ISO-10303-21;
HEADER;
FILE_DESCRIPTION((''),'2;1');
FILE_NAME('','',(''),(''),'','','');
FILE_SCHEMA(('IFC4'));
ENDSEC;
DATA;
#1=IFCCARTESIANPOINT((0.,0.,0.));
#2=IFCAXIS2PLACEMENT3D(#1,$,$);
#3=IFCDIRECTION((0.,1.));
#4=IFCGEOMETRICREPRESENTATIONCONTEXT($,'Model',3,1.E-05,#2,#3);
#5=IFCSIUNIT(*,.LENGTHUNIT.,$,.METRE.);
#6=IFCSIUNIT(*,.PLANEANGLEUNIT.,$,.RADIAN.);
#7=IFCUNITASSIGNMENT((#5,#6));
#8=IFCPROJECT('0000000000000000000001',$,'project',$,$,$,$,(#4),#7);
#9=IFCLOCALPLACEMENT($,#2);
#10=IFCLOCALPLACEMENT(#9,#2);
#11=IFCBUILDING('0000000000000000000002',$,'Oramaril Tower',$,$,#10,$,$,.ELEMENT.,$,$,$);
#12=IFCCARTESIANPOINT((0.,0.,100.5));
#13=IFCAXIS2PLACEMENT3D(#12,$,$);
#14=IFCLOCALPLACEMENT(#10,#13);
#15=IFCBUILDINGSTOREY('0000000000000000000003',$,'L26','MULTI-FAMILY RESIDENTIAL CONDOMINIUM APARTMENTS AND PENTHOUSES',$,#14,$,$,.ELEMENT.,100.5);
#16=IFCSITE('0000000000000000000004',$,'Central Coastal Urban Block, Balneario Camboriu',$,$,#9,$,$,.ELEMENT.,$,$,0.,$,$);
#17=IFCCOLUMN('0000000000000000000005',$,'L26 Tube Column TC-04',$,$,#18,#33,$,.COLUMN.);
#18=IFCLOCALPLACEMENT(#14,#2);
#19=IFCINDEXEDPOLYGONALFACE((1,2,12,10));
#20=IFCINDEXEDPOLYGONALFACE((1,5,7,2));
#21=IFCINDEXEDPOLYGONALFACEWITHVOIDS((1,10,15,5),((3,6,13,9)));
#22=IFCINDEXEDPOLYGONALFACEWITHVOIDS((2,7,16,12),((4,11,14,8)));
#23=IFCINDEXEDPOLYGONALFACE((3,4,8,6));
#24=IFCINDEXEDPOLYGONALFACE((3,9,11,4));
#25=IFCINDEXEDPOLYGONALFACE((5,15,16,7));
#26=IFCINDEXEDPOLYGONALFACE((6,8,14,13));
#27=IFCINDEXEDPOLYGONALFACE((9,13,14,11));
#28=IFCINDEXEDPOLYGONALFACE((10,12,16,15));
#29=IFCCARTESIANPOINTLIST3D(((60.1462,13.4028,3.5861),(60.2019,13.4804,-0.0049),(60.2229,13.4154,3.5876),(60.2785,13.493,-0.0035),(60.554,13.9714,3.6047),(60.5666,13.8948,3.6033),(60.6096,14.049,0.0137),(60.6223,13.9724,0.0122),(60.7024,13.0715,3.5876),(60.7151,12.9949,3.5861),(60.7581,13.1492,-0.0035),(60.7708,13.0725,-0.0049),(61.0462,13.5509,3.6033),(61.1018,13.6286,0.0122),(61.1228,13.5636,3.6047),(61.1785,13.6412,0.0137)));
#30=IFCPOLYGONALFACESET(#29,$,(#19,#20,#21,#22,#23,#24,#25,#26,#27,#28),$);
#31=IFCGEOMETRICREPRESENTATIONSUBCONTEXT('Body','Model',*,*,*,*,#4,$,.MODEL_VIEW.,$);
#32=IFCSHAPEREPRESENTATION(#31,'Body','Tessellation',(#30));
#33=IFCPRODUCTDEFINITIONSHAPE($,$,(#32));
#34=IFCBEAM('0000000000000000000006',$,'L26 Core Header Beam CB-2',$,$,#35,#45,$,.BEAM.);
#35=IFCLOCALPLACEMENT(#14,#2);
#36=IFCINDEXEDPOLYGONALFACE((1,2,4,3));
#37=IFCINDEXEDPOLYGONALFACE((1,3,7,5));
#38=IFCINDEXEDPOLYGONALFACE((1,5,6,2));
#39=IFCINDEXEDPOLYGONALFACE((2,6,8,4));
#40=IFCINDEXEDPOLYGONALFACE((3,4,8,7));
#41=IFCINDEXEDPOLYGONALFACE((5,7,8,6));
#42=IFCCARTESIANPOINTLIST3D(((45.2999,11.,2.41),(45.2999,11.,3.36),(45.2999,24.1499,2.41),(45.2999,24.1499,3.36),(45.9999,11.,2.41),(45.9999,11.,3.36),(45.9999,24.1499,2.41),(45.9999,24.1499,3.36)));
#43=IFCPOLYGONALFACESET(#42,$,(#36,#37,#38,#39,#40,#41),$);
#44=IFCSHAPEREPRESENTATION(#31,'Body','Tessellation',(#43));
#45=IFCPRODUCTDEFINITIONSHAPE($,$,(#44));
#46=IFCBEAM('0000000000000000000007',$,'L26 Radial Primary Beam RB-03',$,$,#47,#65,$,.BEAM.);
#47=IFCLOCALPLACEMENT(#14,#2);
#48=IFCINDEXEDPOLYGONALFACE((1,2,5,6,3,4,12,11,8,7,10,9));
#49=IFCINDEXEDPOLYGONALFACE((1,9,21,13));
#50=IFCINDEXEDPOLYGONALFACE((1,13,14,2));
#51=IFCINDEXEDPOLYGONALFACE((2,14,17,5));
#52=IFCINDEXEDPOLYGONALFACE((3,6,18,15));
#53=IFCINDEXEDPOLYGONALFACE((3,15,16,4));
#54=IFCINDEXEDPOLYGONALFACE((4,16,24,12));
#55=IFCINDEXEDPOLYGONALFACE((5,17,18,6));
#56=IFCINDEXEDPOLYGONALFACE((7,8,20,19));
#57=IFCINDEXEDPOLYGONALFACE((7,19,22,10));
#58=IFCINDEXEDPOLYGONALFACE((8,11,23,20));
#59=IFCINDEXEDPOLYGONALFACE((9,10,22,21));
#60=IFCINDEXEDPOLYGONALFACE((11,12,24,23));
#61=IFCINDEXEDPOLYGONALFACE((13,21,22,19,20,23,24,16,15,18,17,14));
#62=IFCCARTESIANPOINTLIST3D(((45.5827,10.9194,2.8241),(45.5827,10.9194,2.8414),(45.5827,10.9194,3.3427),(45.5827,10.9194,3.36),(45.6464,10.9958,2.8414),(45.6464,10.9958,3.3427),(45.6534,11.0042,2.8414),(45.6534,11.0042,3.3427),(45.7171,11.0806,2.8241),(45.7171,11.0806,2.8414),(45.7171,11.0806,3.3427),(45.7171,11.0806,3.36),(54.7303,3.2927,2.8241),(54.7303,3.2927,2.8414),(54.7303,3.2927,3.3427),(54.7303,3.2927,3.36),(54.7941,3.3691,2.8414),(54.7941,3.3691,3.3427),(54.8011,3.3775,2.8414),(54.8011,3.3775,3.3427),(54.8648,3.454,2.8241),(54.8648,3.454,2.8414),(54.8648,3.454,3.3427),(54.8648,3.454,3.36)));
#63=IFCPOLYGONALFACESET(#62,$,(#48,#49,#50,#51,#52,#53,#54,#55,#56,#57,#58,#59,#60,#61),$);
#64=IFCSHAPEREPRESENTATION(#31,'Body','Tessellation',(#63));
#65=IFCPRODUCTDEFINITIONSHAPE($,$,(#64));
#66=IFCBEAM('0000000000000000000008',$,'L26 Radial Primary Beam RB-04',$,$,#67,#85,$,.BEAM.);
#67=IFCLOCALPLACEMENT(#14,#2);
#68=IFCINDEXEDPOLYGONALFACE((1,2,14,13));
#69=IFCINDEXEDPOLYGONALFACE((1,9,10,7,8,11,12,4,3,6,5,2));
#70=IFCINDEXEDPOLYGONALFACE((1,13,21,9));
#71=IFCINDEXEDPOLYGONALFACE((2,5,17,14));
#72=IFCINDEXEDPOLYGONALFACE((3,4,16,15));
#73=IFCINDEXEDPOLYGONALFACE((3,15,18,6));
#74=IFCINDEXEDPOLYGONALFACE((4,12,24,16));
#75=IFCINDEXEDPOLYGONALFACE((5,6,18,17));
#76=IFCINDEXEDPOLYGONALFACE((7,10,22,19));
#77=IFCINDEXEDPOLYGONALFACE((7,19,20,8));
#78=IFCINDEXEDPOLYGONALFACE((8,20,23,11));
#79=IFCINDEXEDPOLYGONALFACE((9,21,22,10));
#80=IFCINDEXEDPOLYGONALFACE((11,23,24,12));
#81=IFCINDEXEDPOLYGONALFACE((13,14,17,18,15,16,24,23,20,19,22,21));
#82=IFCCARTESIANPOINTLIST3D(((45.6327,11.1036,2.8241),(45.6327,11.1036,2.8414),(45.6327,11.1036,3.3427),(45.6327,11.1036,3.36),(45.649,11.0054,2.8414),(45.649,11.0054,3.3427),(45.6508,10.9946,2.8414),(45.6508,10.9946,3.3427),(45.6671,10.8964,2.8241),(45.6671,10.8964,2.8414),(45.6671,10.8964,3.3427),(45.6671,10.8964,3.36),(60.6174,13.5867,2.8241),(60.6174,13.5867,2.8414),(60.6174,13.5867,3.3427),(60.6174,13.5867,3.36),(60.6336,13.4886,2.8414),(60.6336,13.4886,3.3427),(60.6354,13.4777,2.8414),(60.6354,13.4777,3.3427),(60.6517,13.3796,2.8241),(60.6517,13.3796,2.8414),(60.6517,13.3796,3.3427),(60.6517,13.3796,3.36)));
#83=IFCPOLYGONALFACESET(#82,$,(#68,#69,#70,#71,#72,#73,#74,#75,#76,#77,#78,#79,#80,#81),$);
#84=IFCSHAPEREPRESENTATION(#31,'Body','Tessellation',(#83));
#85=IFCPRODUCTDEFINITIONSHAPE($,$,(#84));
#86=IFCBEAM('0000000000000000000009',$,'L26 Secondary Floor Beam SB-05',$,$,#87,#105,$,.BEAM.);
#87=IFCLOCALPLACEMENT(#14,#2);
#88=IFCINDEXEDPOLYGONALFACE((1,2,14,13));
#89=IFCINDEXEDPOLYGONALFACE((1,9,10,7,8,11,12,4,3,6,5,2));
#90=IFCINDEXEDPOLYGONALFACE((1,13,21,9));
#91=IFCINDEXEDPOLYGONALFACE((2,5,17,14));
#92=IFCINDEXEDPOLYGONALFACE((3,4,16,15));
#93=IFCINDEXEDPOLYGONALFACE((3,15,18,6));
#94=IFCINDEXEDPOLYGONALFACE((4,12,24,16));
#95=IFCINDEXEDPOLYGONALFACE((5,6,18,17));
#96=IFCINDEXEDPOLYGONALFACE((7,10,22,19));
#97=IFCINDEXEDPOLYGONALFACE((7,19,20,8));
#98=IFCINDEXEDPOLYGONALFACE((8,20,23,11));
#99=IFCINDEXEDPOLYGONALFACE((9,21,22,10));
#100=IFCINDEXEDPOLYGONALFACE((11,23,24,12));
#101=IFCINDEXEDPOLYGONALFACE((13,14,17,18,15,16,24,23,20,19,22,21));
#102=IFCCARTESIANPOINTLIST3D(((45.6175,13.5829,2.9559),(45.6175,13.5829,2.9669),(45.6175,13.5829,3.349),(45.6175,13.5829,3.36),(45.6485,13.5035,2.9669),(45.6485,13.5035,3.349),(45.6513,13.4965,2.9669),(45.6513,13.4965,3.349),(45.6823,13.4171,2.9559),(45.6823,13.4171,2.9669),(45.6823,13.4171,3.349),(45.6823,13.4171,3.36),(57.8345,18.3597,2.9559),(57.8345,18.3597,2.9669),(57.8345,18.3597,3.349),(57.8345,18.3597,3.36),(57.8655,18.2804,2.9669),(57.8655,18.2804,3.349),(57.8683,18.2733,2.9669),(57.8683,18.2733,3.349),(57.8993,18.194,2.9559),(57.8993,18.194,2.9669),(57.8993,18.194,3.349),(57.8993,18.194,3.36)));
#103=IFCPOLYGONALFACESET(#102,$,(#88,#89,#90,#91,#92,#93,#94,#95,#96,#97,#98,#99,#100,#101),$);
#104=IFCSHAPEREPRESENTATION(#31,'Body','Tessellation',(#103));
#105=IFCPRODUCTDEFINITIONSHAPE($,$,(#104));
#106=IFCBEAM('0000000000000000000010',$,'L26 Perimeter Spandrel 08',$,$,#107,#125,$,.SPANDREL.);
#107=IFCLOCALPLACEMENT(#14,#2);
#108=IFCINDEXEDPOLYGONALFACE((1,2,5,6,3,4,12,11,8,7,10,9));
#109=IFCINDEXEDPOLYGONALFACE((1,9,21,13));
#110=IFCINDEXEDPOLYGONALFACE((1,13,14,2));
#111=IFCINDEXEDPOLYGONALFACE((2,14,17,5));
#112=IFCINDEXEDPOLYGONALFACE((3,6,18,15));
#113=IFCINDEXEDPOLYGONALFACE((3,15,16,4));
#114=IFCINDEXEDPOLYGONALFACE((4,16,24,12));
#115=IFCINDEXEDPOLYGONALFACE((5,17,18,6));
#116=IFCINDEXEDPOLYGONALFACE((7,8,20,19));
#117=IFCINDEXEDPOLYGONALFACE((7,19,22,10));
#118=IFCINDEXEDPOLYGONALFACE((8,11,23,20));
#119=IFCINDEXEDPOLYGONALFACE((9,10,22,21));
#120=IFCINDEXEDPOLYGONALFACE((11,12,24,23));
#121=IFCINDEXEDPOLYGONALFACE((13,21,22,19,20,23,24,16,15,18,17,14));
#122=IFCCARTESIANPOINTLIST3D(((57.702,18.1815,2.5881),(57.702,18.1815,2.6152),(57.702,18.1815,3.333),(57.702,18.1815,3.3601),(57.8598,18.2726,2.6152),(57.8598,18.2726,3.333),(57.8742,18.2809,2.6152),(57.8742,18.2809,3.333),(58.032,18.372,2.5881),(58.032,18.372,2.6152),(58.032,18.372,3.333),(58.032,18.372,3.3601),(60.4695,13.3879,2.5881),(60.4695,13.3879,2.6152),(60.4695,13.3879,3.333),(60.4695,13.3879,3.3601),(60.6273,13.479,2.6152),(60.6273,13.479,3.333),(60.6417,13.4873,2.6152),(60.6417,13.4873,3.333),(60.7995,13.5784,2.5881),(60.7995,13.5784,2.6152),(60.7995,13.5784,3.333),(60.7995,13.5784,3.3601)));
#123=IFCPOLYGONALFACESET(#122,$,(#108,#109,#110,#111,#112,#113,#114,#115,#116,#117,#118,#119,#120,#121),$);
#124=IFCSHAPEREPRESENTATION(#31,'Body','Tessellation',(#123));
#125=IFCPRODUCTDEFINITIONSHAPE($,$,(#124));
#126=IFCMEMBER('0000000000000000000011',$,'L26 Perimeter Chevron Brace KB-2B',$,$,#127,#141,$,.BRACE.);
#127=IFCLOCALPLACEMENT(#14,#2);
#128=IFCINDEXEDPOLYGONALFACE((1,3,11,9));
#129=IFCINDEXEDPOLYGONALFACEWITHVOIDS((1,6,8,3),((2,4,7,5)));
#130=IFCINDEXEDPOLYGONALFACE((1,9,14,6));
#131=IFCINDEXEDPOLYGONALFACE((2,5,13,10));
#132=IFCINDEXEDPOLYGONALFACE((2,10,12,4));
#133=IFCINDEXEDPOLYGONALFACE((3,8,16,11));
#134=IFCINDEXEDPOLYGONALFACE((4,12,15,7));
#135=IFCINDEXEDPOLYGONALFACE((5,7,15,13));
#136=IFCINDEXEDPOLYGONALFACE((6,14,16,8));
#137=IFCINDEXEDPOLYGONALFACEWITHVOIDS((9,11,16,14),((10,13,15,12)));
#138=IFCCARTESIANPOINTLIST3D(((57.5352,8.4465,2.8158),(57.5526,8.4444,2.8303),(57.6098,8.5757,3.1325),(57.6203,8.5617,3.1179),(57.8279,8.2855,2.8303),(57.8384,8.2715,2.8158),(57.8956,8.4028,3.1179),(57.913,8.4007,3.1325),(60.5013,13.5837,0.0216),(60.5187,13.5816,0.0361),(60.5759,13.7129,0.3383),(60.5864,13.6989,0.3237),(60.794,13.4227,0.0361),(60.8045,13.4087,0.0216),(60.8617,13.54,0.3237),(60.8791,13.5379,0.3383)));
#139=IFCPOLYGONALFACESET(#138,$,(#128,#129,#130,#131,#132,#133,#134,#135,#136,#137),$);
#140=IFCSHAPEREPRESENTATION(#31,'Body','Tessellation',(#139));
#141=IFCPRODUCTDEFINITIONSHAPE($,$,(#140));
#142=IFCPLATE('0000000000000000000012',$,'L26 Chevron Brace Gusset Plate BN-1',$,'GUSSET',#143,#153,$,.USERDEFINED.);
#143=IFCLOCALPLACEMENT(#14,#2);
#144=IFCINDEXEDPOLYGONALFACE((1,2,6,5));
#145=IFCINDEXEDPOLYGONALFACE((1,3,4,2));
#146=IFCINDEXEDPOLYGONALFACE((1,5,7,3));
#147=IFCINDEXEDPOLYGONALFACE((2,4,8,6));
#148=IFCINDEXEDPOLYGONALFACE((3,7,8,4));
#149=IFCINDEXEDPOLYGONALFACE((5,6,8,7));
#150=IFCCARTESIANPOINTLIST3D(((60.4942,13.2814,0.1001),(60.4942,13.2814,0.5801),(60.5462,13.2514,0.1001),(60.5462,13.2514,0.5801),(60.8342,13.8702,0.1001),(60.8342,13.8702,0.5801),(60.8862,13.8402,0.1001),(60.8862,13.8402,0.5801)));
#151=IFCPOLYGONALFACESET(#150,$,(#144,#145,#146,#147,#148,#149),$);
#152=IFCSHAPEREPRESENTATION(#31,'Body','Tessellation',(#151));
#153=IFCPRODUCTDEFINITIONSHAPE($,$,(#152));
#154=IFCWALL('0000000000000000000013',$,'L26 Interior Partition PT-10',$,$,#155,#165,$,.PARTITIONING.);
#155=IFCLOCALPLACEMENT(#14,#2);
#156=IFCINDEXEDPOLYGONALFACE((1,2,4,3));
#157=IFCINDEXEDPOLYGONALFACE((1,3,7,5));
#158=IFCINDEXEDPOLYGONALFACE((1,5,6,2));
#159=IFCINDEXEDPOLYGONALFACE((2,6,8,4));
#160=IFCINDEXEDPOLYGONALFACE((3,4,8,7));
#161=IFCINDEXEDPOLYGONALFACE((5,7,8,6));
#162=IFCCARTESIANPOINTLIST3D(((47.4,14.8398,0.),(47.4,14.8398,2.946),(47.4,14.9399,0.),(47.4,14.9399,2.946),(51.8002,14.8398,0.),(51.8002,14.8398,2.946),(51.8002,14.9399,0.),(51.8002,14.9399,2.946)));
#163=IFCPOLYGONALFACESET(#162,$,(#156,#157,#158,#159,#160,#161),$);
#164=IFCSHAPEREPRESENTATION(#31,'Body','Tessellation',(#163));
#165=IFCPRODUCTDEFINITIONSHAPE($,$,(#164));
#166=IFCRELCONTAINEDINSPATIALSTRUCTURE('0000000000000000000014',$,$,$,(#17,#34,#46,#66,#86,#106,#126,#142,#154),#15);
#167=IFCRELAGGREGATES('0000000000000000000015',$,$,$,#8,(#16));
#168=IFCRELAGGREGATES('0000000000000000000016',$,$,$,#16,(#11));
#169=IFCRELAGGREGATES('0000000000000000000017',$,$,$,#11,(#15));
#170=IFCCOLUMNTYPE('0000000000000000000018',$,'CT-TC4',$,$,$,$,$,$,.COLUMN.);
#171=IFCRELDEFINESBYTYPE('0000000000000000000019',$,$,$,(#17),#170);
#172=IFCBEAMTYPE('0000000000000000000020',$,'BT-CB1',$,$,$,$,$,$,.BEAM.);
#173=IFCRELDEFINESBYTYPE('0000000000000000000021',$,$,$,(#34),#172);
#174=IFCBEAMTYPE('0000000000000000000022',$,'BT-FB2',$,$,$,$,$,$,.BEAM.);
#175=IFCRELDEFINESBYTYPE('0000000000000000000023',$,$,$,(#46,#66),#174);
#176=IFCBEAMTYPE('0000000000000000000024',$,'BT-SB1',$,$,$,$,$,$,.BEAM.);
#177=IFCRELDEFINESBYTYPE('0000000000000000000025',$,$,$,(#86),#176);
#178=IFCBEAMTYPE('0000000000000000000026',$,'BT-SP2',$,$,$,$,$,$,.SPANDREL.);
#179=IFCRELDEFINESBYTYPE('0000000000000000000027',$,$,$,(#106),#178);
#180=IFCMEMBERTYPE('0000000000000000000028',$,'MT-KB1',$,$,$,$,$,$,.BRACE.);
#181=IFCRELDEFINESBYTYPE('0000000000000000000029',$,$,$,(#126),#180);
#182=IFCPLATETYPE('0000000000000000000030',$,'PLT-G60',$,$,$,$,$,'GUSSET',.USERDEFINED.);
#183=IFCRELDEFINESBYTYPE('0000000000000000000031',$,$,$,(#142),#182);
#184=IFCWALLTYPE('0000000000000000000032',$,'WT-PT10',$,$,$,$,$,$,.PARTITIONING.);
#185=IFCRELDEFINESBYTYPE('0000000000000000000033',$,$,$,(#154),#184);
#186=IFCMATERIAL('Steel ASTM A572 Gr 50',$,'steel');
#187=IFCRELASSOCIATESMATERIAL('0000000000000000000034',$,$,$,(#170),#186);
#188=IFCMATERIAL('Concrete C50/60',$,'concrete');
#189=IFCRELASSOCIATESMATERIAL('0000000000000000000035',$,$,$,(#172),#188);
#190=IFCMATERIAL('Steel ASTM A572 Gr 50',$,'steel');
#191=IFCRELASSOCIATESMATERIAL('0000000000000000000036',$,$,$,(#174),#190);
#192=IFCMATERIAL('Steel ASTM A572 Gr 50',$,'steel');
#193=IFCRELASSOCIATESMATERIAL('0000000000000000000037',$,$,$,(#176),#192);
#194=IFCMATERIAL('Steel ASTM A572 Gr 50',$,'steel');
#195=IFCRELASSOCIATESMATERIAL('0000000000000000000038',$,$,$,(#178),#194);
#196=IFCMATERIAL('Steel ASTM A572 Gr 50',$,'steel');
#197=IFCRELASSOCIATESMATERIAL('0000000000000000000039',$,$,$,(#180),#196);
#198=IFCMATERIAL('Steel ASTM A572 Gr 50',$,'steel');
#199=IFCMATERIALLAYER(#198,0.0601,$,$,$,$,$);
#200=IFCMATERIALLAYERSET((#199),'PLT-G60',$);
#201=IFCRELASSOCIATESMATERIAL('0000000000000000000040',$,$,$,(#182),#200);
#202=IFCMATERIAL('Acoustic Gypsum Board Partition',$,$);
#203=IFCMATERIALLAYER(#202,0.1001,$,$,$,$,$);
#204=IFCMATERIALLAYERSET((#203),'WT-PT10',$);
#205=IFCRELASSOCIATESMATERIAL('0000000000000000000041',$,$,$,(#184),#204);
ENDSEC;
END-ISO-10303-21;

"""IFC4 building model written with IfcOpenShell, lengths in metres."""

from ifc_helpers import new_model, si_unit, direction, frame, frame_2d, origin, origin_2d, place, context, subcontext, project, spatial, rectangle, hollow_rectangle, i_section, extrude, material, layer, layer_set, material_profile, profile_set, type_object, element, save


model = new_model("IFC4")

# Units and contexts
model_context = context("Model", 3, precision=1e-05, world=origin(), true_north=direction((0.0, 1.0)))
body_context = subcontext(model_context, "Body", "Model", "MODEL_VIEW")
ifc_project = project(units=[si_unit("LENGTHUNIT", "METRE"), si_unit("PLANEANGLEUNIT", "RADIAN")], contexts=[model_context])

# Site, building, storey
site_placement = place(None, origin())
site = spatial("IfcSite", under=ifc_project, at=site_placement, Name="Central Coastal Urban Block, Balneario Camboriu", CompositionType="ELEMENT", RefElevation=0.0)
building_placement = place(site_placement, origin())
building = spatial("IfcBuilding", under=site, at=building_placement, Name="Oramaril Tower", CompositionType="ELEMENT")
storey_placement = place(building_placement, frame((0.0, 0.0, 100.5)))
storey = spatial("IfcBuildingStorey", under=building, at=storey_placement, Name="L26", Description="MULTI-FAMILY RESIDENTIAL CONDOMINIUM APARTMENTS AND PENTHOUSES", CompositionType="ELEMENT", Elevation=100.5)

# Column
ifc_material_1 = material(Name="Steel ASTM A572 Gr 50", Category="steel")
ifc_material_profile_1 = material_profile(ifc_material_1, hollow_rectangle(XDim=0.7, YDim=0.7, WallThickness=0.0549, at=origin_2d()), Name="BOX700X700X55")
ifc_profile_set_1 = profile_set([ifc_material_profile_1], Name="Steel ASTM A572 Gr 50")
column_type = type_object("IfcColumnType", Name="CT-TC4", PredefinedType="COLUMN", material=ifc_profile_set_1)
column_placement = place(storey_placement, frame((60.6902, 13.5608, 0.0044), z_axis=(-0.015495, -0.021612, 0.999646), x_axis=(0.812696, -0.582688, 0.0)))
element("IfcColumn", 1, at=column_placement, inside=storey, type_object=column_type, Name="L26 Tube Column TC-04", PredefinedType="COLUMN", context=body_context, shape_type="SweptSolid", body=[
    extrude(hollow_rectangle(XDim=0.7, YDim=0.7, WallThickness=0.0549, at=origin_2d()), origin(), (0.0, 0.0, 1.0), 3.5923),
])

# Beams
ifc_material_2 = material(Name="Concrete C50/60", Category="concrete")
ifc_material_profile_2 = material_profile(ifc_material_2, rectangle(XDim=0.7, YDim=0.95, at=origin_2d()), Name="CB700X950")
ifc_profile_set_2 = profile_set([ifc_material_profile_2], Name="Concrete C50/60")
beam_type_1 = type_object("IfcBeamType", Name="BT-CB1", PredefinedType="BEAM", material=ifc_profile_set_2)
beam_1_placement = place(storey_placement, frame((45.6499, 11.0, 2.885), z_axis=(0.0, 1.0, 0.0), x_axis=(-1.0, 0.0, 0.0)))
element("IfcBeam", 2, at=beam_1_placement, inside=storey, type_object=beam_type_1, Name="L26 Core Header Beam CB-2", PredefinedType="BEAM", context=body_context, shape_type="SweptSolid", body=[
    extrude(rectangle(XDim=0.7, YDim=0.95, at=origin_2d()), origin(), (0.0, 0.0, 1.0), 13.1499),
])
ifc_material_3 = material(Name="Steel ASTM A572 Gr 50", Category="steel")
ifc_material_profile_3 = material_profile(ifc_material_3, i_section(OverallWidth=0.21, OverallDepth=0.5359, WebThickness=0.011, FlangeThickness=0.0173, at=origin_2d()), Name="W21X68")
ifc_profile_set_3 = profile_set([ifc_material_profile_3], Name="Steel ASTM A572 Gr 50")
beam_type_2 = type_object("IfcBeamType", Name="BT-FB2", PredefinedType="BEAM", material=ifc_profile_set_3)
beam_2_placement = place(storey_placement, frame((45.6499, 11.0, 3.092), z_axis=(0.768072, -0.640364, 0.0), x_axis=(0.640364, 0.768072, 0.0)))
element("IfcBeam", 3, at=beam_2_placement, inside=storey, type_object=beam_type_2, Name="L26 Radial Primary Beam RB-03", PredefinedType="BEAM", context=body_context, shape_type="SweptSolid", body=[
    extrude(i_section(OverallWidth=0.21, OverallDepth=0.5359, WebThickness=0.011, FlangeThickness=0.0173, at=origin_2d()), origin(), (0.0, 0.0, 1.0), 11.9099),
])
beam_3_placement = place(storey_placement, frame((45.6499, 11.0, 3.092), z_axis=(0.986546, 0.163484, 0.0), x_axis=(-0.163484, 0.986546, 0.0)))
element("IfcBeam", 4, at=beam_3_placement, inside=storey, type_object=beam_type_2, Name="L26 Radial Primary Beam RB-04", PredefinedType="BEAM", context=body_context, shape_type="SweptSolid", body=[
    extrude(i_section(OverallWidth=0.21, OverallDepth=0.5359, WebThickness=0.011, FlangeThickness=0.0173, at=origin_2d()), origin(), (0.0, 0.0, 1.0), 15.189),
])
ifc_material_4 = material(Name="Steel ASTM A572 Gr 50", Category="steel")
ifc_material_profile_4 = material_profile(ifc_material_4, i_section(OverallWidth=0.178, OverallDepth=0.4041, WebThickness=0.0076, FlangeThickness=0.011, at=origin_2d()), Name="W16X36")
ifc_profile_set_4 = profile_set([ifc_material_profile_4], Name="Steel ASTM A572 Gr 50")
beam_type_3 = type_object("IfcBeamType", Name="BT-SB1", PredefinedType="BEAM", material=ifc_profile_set_4)
beam_4_placement = place(storey_placement, frame((45.6499, 13.5, 3.158), z_axis=(0.931339, 0.364153, 0.0), x_axis=(-0.364153, 0.931339, 0.0)))
element("IfcBeam", 5, at=beam_4_placement, inside=storey, type_object=beam_type_3, Name="L26 Secondary Floor Beam SB-05", PredefinedType="BEAM", context=body_context, shape_type="SweptSolid", body=[
    extrude(i_section(OverallWidth=0.178, OverallDepth=0.4041, WebThickness=0.0076, FlangeThickness=0.011, at=origin_2d()), origin(), (0.0, 0.0, 1.0), 13.1177),
])
ifc_material_5 = material(Name="Steel ASTM A572 Gr 50", Category="steel")
ifc_material_profile_5 = material_profile(ifc_material_5, i_section(OverallWidth=0.3811, OverallDepth=0.772, WebThickness=0.0166, FlangeThickness=0.0271, at=origin_2d()), Name="W30X173")
ifc_profile_set_5 = profile_set([ifc_material_profile_5], Name="Steel ASTM A572 Gr 50")
beam_type_4 = type_object("IfcBeamType", Name="BT-SP2", PredefinedType="SPANDREL", material=ifc_profile_set_5)
beam_5_placement = place(storey_placement, frame((60.6345, 13.4832, 2.9741), z_axis=(-0.499991, 0.866031, 0.0), x_axis=(-0.866031, -0.499991, 0.0)))
element("IfcBeam", 6, at=beam_5_placement, inside=storey, type_object=beam_type_4, Name="L26 Perimeter Spandrel 08", PredefinedType="SPANDREL", context=body_context, shape_type="SweptSolid", body=[
    extrude(i_section(OverallWidth=0.3811, OverallDepth=0.772, WebThickness=0.0166, FlangeThickness=0.0271, at=origin_2d()), origin(), (0.0, 0.0, 1.0), 5.5352),
])

# Member
ifc_material_6 = material(Name="Steel ASTM A572 Gr 50", Category="steel")
ifc_material_profile_6 = material_profile(ifc_material_6, hollow_rectangle(XDim=0.3501, YDim=0.3501, WallThickness=0.0161, at=origin_2d()), Name="HSS350X350X16")
ifc_profile_set_6 = profile_set([ifc_material_profile_6], Name="Steel ASTM A572 Gr 50")
member_type = type_object("IfcMemberType", Name="MT-KB1", PredefinedType="BRACE", material=ifc_profile_set_6)
member_placement = place(storey_placement, frame((60.6902, 13.5608, 0.1799), z_axis=(-0.452342, -0.783454, 0.42613), x_axis=(0.866018, -0.500012, 0.0)))
element("IfcMember", 7, at=member_placement, inside=storey, type_object=member_type, Name="L26 Perimeter Chevron Brace KB-2B", PredefinedType="BRACE", context=body_context, shape_type="SweptSolid", body=[
    extrude(hollow_rectangle(XDim=0.3501, YDim=0.3501, WallThickness=0.0161, at=origin_2d()), origin(), (0.0, 0.0, 1.0), 6.5571),
])

# Plate
ifc_material_7 = material(Name="Steel ASTM A572 Gr 50", Category="steel")
ifc_layer_1 = layer(ifc_material_7, 0.0601)
ifc_layer_set_1 = layer_set([ifc_layer_1], Name="PLT-G60")
plate_type = type_object("IfcPlateType", Name="PLT-G60", ElementType="GUSSET", PredefinedType="USERDEFINED", material=ifc_layer_set_1)
plate_placement = place(storey_placement, frame((60.6902, 13.5608, 0.1001), z_axis=(0.0, 0.0, 1.0), x_axis=(0.499998, 0.866026, 0.0)))
element("IfcPlate", 8, at=plate_placement, inside=storey, type_object=plate_type, Name="L26 Chevron Brace Gusset Plate BN-1", ObjectType="GUSSET", PredefinedType="USERDEFINED", context=body_context, shape_type="SweptSolid", body=[
    extrude(rectangle(XDim=0.6799, YDim=0.0601, at=origin_2d()), origin(), (0.0, 0.0, 1.0), 0.48),
])

# Wall
ifc_material_8 = material(Name="Acoustic Gypsum Board Partition")
ifc_layer_2 = layer(ifc_material_8, 0.1001)
ifc_layer_set_2 = layer_set([ifc_layer_2], Name="WT-PT10")
wall_type_1 = type_object("IfcWallType", Name="WT-PT10", PredefinedType="PARTITIONING", material=ifc_layer_set_2)
wall_1_placement = place(storey_placement, frame((47.3999, 14.8899, 0.0), z_axis=(0.0, 0.0, 1.0), x_axis=(1.0, 0.0, 0.0)))
element("IfcWall", 9, at=wall_1_placement, inside=storey, type_object=wall_type_1, Name="L26 Interior Partition PT-10", PredefinedType="PARTITIONING", context=body_context, shape_type="SweptSolid", body=[
    extrude(rectangle(XDim=4.4001, YDim=0.1001, at=frame_2d((2.2002, 0.0))), origin(), (0.0, 0.0, 1.0), 2.946),
])

save(model, "model.ifc")
